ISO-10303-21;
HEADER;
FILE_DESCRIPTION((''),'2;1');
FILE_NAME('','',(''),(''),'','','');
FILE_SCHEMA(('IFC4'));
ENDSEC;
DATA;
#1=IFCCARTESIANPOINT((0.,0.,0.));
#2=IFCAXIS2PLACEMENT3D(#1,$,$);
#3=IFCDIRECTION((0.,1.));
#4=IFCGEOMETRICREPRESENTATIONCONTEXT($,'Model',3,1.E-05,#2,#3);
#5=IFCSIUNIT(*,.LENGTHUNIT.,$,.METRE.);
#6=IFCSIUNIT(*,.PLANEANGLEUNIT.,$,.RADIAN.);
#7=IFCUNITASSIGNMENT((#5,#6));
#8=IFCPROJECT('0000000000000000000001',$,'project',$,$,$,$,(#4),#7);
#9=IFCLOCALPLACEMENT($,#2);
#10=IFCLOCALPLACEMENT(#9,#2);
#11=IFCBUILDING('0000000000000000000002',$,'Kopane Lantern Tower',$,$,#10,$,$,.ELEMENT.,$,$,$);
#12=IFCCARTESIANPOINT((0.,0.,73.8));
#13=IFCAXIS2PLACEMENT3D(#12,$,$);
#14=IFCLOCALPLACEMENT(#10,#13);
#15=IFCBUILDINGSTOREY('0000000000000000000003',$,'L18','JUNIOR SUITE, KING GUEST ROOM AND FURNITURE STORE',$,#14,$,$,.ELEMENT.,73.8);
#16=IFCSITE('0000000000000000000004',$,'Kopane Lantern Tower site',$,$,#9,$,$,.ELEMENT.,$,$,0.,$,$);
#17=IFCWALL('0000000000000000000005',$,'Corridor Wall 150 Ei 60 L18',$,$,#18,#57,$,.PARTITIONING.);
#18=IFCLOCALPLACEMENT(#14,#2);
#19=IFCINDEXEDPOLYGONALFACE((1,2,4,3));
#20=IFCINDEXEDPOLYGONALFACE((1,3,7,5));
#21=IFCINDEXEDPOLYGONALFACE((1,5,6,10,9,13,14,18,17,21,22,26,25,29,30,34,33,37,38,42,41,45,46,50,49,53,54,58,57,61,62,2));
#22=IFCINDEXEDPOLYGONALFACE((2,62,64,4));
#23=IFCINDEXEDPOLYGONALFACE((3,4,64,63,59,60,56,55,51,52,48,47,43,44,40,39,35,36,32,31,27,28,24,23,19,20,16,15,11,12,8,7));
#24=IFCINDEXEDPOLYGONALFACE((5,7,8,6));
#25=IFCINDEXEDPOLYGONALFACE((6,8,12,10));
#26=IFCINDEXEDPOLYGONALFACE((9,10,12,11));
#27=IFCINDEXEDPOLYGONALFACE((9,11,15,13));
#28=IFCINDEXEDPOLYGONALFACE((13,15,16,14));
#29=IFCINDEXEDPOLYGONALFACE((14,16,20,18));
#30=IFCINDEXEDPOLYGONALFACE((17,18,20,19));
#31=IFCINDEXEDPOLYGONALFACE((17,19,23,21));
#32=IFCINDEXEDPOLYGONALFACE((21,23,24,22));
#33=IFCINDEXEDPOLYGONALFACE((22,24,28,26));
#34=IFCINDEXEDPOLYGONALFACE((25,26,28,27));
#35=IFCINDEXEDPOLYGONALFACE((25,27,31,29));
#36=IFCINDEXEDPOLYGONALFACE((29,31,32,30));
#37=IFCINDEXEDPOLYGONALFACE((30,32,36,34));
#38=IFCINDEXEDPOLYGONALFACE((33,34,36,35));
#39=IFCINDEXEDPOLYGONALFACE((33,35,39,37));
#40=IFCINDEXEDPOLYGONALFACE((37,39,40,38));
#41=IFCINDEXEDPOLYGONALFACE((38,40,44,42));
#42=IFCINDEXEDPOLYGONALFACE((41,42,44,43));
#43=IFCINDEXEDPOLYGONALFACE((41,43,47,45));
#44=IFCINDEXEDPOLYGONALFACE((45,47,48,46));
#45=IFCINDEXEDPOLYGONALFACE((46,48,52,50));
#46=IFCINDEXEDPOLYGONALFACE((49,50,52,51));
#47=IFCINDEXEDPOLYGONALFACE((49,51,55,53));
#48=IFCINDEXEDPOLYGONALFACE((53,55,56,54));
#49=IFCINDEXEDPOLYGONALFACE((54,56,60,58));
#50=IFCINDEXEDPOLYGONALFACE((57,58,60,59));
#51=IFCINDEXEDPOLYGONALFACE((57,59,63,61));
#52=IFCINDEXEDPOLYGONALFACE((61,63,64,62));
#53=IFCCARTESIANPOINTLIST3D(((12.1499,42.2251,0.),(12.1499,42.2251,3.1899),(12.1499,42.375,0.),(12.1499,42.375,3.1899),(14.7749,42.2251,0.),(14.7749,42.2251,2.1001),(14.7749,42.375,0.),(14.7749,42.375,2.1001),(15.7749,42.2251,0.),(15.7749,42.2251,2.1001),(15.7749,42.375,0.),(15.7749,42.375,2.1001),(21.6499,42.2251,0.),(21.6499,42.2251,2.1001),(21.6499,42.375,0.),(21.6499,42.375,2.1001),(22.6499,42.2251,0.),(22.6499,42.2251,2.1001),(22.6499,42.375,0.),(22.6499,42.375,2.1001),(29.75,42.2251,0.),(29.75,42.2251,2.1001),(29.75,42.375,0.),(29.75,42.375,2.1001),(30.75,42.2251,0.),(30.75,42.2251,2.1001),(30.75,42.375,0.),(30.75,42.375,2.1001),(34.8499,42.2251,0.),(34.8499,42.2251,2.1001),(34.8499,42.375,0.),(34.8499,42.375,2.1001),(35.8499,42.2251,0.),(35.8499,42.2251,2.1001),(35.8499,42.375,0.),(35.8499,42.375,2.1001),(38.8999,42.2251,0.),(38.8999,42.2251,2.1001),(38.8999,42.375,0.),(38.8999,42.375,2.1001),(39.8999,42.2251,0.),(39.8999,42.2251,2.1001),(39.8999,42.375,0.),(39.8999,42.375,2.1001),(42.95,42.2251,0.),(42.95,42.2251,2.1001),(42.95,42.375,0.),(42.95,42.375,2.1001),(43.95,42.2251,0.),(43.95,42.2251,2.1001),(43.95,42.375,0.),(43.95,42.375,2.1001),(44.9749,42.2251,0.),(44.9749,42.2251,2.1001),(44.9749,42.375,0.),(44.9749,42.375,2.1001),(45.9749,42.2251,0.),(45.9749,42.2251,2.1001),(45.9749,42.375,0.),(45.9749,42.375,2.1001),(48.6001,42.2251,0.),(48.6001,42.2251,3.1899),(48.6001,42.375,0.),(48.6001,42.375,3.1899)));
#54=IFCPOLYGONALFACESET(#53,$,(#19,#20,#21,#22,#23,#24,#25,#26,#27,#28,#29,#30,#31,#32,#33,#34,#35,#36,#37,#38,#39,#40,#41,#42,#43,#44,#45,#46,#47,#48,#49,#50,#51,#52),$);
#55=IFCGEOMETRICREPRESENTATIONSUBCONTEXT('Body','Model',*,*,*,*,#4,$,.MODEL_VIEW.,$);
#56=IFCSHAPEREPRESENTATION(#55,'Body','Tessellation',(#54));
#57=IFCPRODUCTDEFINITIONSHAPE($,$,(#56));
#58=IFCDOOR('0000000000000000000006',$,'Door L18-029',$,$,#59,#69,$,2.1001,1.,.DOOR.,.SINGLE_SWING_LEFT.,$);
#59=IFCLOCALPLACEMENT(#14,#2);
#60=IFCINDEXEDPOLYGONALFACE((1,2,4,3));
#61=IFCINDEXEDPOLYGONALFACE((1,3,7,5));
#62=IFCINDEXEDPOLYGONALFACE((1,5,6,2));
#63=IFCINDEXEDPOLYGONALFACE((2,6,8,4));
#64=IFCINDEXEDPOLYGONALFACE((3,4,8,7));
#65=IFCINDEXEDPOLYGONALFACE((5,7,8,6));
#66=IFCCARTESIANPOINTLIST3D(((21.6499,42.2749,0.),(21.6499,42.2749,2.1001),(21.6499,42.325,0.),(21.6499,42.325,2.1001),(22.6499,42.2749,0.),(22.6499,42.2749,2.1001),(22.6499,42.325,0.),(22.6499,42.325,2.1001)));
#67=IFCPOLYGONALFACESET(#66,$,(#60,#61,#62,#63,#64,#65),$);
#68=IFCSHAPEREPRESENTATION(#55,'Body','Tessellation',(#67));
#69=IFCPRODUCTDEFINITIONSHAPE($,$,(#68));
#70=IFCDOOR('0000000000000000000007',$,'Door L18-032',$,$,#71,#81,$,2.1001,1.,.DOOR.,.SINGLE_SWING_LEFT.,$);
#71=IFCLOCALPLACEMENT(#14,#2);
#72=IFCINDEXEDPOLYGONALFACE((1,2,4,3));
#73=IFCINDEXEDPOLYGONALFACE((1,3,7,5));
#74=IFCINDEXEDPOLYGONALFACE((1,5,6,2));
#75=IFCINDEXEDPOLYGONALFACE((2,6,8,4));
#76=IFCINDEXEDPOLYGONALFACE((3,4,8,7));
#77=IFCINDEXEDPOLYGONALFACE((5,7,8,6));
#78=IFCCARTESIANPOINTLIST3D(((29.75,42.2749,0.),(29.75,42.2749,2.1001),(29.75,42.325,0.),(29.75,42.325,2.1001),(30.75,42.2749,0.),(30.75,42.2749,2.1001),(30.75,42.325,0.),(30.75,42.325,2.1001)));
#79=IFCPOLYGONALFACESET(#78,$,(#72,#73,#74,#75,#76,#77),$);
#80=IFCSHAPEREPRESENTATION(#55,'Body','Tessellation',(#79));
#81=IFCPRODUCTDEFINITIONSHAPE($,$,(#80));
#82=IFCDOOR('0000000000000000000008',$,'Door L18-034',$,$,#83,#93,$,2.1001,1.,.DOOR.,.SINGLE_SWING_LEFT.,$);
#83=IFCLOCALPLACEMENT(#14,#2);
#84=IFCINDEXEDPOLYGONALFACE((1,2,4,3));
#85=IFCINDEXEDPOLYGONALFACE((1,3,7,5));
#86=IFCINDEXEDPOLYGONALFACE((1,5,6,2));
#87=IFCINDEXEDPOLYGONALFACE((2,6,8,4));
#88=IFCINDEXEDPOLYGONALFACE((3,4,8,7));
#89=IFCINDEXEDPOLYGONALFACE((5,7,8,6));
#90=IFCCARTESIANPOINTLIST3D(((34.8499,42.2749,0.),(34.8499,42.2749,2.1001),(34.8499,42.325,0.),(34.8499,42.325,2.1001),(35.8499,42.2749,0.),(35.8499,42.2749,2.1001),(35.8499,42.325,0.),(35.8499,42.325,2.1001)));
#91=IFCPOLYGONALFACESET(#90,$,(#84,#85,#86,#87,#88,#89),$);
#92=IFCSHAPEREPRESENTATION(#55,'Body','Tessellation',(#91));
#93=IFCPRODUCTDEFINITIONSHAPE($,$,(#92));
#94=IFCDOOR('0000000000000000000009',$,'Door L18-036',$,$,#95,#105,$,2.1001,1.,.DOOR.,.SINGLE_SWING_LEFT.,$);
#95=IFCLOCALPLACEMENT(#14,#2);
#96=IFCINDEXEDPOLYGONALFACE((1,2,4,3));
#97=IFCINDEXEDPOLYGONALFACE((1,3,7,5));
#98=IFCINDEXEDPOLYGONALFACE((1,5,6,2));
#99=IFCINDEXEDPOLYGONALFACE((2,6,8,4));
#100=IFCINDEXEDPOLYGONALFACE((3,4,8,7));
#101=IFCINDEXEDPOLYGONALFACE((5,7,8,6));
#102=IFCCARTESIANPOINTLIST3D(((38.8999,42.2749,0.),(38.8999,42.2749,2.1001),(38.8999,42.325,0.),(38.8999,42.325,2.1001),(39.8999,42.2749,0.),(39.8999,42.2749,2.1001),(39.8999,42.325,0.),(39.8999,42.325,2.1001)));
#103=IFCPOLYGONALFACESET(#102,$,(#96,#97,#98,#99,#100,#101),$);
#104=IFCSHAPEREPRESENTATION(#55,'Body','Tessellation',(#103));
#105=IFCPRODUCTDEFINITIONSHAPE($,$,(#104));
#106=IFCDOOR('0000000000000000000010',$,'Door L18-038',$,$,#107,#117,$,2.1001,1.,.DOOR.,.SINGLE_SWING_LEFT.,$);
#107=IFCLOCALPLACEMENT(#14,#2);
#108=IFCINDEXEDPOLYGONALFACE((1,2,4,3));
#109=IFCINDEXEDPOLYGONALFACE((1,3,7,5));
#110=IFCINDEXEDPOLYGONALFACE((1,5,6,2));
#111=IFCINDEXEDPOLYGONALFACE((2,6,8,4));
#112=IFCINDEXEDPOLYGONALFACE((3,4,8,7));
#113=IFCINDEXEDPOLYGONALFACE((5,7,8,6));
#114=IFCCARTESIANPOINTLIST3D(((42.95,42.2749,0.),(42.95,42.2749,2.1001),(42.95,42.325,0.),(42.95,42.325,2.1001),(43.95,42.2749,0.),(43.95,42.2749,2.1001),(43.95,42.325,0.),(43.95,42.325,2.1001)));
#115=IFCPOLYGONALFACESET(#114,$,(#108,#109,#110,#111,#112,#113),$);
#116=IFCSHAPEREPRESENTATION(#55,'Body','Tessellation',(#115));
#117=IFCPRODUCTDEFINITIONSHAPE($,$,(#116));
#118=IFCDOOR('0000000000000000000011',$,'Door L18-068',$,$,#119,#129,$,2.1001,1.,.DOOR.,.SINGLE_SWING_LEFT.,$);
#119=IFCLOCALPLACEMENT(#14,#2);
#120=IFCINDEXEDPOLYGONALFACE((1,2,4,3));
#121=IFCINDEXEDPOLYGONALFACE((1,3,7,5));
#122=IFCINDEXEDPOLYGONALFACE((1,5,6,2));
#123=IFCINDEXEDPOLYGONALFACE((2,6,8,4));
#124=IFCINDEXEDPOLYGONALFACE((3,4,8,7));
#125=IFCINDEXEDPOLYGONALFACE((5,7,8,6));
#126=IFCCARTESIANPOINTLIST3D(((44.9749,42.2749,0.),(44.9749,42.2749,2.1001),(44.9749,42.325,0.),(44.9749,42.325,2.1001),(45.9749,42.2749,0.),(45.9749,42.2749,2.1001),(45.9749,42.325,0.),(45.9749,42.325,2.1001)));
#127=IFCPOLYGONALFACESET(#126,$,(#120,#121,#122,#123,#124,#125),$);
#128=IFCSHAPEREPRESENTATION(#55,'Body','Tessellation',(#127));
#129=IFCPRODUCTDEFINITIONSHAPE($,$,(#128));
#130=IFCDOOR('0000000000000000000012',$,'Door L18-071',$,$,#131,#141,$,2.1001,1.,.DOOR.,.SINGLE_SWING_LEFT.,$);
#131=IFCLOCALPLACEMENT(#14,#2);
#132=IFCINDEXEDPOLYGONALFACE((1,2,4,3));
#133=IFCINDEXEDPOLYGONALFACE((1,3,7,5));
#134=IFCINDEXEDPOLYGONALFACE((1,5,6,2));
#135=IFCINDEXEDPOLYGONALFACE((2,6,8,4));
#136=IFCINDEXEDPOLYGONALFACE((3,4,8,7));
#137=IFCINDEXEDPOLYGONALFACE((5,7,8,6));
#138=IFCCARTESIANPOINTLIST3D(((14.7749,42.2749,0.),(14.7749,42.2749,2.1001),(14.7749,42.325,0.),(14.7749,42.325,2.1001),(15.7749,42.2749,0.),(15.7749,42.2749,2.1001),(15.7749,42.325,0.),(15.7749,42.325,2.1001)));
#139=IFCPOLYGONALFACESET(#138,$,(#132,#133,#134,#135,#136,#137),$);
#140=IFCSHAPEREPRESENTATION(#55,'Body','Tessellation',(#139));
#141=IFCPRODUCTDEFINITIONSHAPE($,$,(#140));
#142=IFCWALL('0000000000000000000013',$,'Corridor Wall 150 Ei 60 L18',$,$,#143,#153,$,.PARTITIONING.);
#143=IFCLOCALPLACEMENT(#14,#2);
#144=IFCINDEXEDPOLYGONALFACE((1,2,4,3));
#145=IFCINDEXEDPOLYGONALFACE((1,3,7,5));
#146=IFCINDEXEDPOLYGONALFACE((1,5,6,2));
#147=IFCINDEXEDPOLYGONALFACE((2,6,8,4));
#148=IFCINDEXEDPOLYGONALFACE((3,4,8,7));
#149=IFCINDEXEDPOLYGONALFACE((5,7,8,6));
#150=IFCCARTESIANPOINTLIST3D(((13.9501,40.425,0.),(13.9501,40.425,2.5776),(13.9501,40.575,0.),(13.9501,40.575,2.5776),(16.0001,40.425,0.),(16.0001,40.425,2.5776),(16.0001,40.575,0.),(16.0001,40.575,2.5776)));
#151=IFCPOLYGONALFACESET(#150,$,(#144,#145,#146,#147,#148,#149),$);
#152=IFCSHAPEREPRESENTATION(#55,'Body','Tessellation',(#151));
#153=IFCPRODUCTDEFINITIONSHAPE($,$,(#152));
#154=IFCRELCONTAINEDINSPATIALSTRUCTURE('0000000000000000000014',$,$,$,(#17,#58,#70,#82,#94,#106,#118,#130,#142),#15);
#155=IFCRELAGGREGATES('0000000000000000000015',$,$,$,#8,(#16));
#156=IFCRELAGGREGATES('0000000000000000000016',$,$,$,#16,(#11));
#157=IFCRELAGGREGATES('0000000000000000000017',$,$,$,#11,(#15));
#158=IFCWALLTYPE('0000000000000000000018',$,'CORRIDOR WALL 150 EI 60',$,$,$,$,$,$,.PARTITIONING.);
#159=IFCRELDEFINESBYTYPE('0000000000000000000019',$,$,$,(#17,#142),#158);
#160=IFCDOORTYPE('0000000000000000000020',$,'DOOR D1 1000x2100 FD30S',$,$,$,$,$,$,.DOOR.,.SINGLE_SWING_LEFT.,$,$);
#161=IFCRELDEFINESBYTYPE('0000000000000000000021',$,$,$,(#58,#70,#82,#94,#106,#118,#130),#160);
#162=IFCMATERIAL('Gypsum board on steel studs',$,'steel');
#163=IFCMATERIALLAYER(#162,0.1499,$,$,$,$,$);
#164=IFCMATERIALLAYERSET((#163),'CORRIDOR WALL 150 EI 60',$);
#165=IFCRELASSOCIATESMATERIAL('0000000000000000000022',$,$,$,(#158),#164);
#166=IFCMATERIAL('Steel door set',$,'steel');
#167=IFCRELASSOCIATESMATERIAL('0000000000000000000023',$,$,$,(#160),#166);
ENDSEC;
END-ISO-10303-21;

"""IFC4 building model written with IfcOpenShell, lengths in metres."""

from ifc_helpers import new_model, si_unit, direction, frame, frame_2d, origin, place, context, subcontext, project, spatial, rectangle, extrude, material, layer, layer_set, type_object, element, fill, save


model = new_model("IFC4")

# Units and contexts
model_context = context("Model", 3, precision=1e-05, world=origin(), true_north=direction((0.0, 1.0)))
body_context = subcontext(model_context, "Body", "Model", "MODEL_VIEW")
ifc_project = project(units=[si_unit("LENGTHUNIT", "METRE"), si_unit("PLANEANGLEUNIT", "RADIAN")], contexts=[model_context])

# Site, building, storey
site_placement = place(None, origin())
site = spatial("IfcSite", under=ifc_project, at=site_placement, Name="Kopane Lantern Tower site", CompositionType="ELEMENT", RefElevation=0.0)
building_placement = place(site_placement, origin())
building = spatial("IfcBuilding", under=site, at=building_placement, Name="Kopane Lantern Tower", CompositionType="ELEMENT")
storey_placement = place(building_placement, frame((0.0, 0.0, 73.8)))
storey = spatial("IfcBuildingStorey", under=building, at=storey_placement, Name="L18", Description="JUNIOR SUITE, KING GUEST ROOM AND FURNITURE STORE", CompositionType="ELEMENT", Elevation=73.8)

# Wall, openings, doors
ifc_material_1 = material(Name="Gypsum board on steel studs", Category="steel")
ifc_layer_1 = layer(ifc_material_1, 0.1499)
ifc_layer_set_1 = layer_set([ifc_layer_1], Name="CORRIDOR WALL 150 EI 60")
wall_type_1 = type_object("IfcWallType", Name="CORRIDOR WALL 150 EI 60", PredefinedType="PARTITIONING", material=ifc_layer_set_1)
wall_1_placement = place(storey_placement, frame((12.1499, 42.3, 0.0), z_axis=(0.0, 0.0, 1.0), x_axis=(1.0, 0.0, 0.0)))
wall_1 = element("IfcWall", 1, at=wall_1_placement, inside=storey, type_object=wall_type_1, Name="Corridor Wall 150 Ei 60 L18", PredefinedType="PARTITIONING", context=body_context, shape_type="SweptSolid", body=[
    extrude(rectangle(XDim=36.4502, YDim=0.1499, at=frame_2d((18.2251, 0.0))), origin(), (0.0, 0.0, 1.0), 3.1899),
])
opening_1_placement = place(wall_1_placement, frame((9.5, 0.0, 0.0)))
opening_1 = element("IfcOpeningElement", 2, at=opening_1_placement, cuts=wall_1, PredefinedType="OPENING", context=body_context, shape_type="SweptSolid", body=[
    extrude(rectangle(XDim=1.0, YDim=2.1001, at=frame_2d((0.5, 1.05))), frame((0.0, 0.085, 0.0), z_axis=(0.0, -1.0, 0.0), x_axis=(1.0, 0.0, 0.0)), (0.0, 0.0, 1.0), 0.1699),
])
opening_2_placement = place(wall_1_placement, frame((17.6001, 0.0, 0.0)))
opening_2 = element("IfcOpeningElement", 3, at=opening_2_placement, cuts=wall_1, PredefinedType="OPENING", context=body_context, shape_type="SweptSolid", body=[
    extrude(rectangle(XDim=1.0, YDim=2.1001, at=frame_2d((0.5, 1.05))), frame((0.0, 0.085, 0.0), z_axis=(0.0, -1.0, 0.0), x_axis=(1.0, 0.0, 0.0)), (0.0, 0.0, 1.0), 0.1699),
])
opening_3_placement = place(wall_1_placement, frame((22.7, 0.0, 0.0)))
opening_3 = element("IfcOpeningElement", 4, at=opening_3_placement, cuts=wall_1, PredefinedType="OPENING", context=body_context, shape_type="SweptSolid", body=[
    extrude(rectangle(XDim=1.0, YDim=2.1001, at=frame_2d((0.5, 1.05))), frame((0.0, 0.085, 0.0), z_axis=(0.0, -1.0, 0.0), x_axis=(1.0, 0.0, 0.0)), (0.0, 0.0, 1.0), 0.1699),
])
opening_4_placement = place(wall_1_placement, frame((26.75, 0.0, 0.0)))
opening_4 = element("IfcOpeningElement", 5, at=opening_4_placement, cuts=wall_1, PredefinedType="OPENING", context=body_context, shape_type="SweptSolid", body=[
    extrude(rectangle(XDim=1.0, YDim=2.1001, at=frame_2d((0.5, 1.05))), frame((0.0, 0.085, 0.0), z_axis=(0.0, -1.0, 0.0), x_axis=(1.0, 0.0, 0.0)), (0.0, 0.0, 1.0), 0.1699),
])
opening_5_placement = place(wall_1_placement, frame((30.8, 0.0, 0.0)))
opening_5 = element("IfcOpeningElement", 6, at=opening_5_placement, cuts=wall_1, PredefinedType="OPENING", context=body_context, shape_type="SweptSolid", body=[
    extrude(rectangle(XDim=1.0, YDim=2.1001, at=frame_2d((0.5, 1.05))), frame((0.0, 0.085, 0.0), z_axis=(0.0, -1.0, 0.0), x_axis=(1.0, 0.0, 0.0)), (0.0, 0.0, 1.0), 0.1699),
])
opening_6_placement = place(wall_1_placement, frame((32.825, 0.0, 0.0)))
opening_6 = element("IfcOpeningElement", 7, at=opening_6_placement, cuts=wall_1, PredefinedType="OPENING", context=body_context, shape_type="SweptSolid", body=[
    extrude(rectangle(XDim=1.0, YDim=2.1001, at=frame_2d((0.5, 1.05))), frame((0.0, 0.085, 0.0), z_axis=(0.0, -1.0, 0.0), x_axis=(1.0, 0.0, 0.0)), (0.0, 0.0, 1.0), 0.1699),
])
opening_7_placement = place(wall_1_placement, frame((2.625, 0.0, 0.0)))
opening_7 = element("IfcOpeningElement", 8, at=opening_7_placement, cuts=wall_1, PredefinedType="OPENING", context=body_context, shape_type="SweptSolid", body=[
    extrude(rectangle(XDim=1.0, YDim=2.1001, at=frame_2d((0.5, 1.05))), frame((0.0, 0.085, 0.0), z_axis=(0.0, -1.0, 0.0), x_axis=(1.0, 0.0, 0.0)), (0.0, 0.0, 1.0), 0.1699),
])
ifc_material_2 = material(Name="Steel door set", Category="steel")
door_type_1 = type_object("IfcDoorType", Name="DOOR D1 1000x2100 FD30S", OperationType="SINGLE_SWING_LEFT", PredefinedType="DOOR", material=ifc_material_2)
door_1_placement = place(opening_1_placement, origin())
door_1 = element("IfcDoor", 9, at=door_1_placement, inside=storey, type_object=door_type_1, Name="Door L18-029", OperationType="SINGLE_SWING_LEFT", OverallHeight=2.1001, OverallWidth=1.0, PredefinedType="DOOR", context=body_context, shape_type="SweptSolid", body=[
    extrude(rectangle(XDim=1.0, YDim=2.1001, at=frame_2d((0.5, 1.05))), frame((0.0, 0.0249, 0.0), z_axis=(0.0, -1.0, 0.0), x_axis=(1.0, 0.0, 0.0)), (0.0, 0.0, 1.0), 0.05),
])
fill(opening_1, door_1)
door_2_placement = place(opening_2_placement, origin())
door_2 = element("IfcDoor", 10, at=door_2_placement, inside=storey, type_object=door_type_1, Name="Door L18-032", OperationType="SINGLE_SWING_LEFT", OverallHeight=2.1001, OverallWidth=1.0, PredefinedType="DOOR", context=body_context, shape_type="SweptSolid", body=[
    extrude(rectangle(XDim=1.0, YDim=2.1001, at=frame_2d((0.5, 1.05))), frame((0.0, 0.0249, 0.0), z_axis=(0.0, -1.0, 0.0), x_axis=(1.0, 0.0, 0.0)), (0.0, 0.0, 1.0), 0.05),
])
fill(opening_2, door_2)
door_3_placement = place(opening_3_placement, origin())
door_3 = element("IfcDoor", 11, at=door_3_placement, inside=storey, type_object=door_type_1, Name="Door L18-034", OperationType="SINGLE_SWING_LEFT", OverallHeight=2.1001, OverallWidth=1.0, PredefinedType="DOOR", context=body_context, shape_type="SweptSolid", body=[
    extrude(rectangle(XDim=1.0, YDim=2.1001, at=frame_2d((0.5, 1.05))), frame((0.0, 0.0249, 0.0), z_axis=(0.0, -1.0, 0.0), x_axis=(1.0, 0.0, 0.0)), (0.0, 0.0, 1.0), 0.05),
])
fill(opening_3, door_3)
door_4_placement = place(opening_4_placement, origin())
door_4 = element("IfcDoor", 12, at=door_4_placement, inside=storey, type_object=door_type_1, Name="Door L18-036", OperationType="SINGLE_SWING_LEFT", OverallHeight=2.1001, OverallWidth=1.0, PredefinedType="DOOR", context=body_context, shape_type="SweptSolid", body=[
    extrude(rectangle(XDim=1.0, YDim=2.1001, at=frame_2d((0.5, 1.05))), frame((0.0, 0.0249, 0.0), z_axis=(0.0, -1.0, 0.0), x_axis=(1.0, 0.0, 0.0)), (0.0, 0.0, 1.0), 0.05),
])
fill(opening_4, door_4)
door_5_placement = place(opening_5_placement, origin())
door_5 = element("IfcDoor", 13, at=door_5_placement, inside=storey, type_object=door_type_1, Name="Door L18-038", OperationType="SINGLE_SWING_LEFT", OverallHeight=2.1001, OverallWidth=1.0, PredefinedType="DOOR", context=body_context, shape_type="SweptSolid", body=[
    extrude(rectangle(XDim=1.0, YDim=2.1001, at=frame_2d((0.5, 1.05))), frame((0.0, 0.0249, 0.0), z_axis=(0.0, -1.0, 0.0), x_axis=(1.0, 0.0, 0.0)), (0.0, 0.0, 1.0), 0.05),
])
fill(opening_5, door_5)
door_6_placement = place(opening_6_placement, origin())
door_6 = element("IfcDoor", 14, at=door_6_placement, inside=storey, type_object=door_type_1, Name="Door L18-068", OperationType="SINGLE_SWING_LEFT", OverallHeight=2.1001, OverallWidth=1.0, PredefinedType="DOOR", context=body_context, shape_type="SweptSolid", body=[
    extrude(rectangle(XDim=1.0, YDim=2.1001, at=frame_2d((0.5, 1.05))), frame((0.0, 0.0249, 0.0), z_axis=(0.0, -1.0, 0.0), x_axis=(1.0, 0.0, 0.0)), (0.0, 0.0, 1.0), 0.05),
])
fill(opening_6, door_6)
door_7_placement = place(opening_7_placement, origin())
door_7 = element("IfcDoor", 15, at=door_7_placement, inside=storey, type_object=door_type_1, Name="Door L18-071", OperationType="SINGLE_SWING_LEFT", OverallHeight=2.1001, OverallWidth=1.0, PredefinedType="DOOR", context=body_context, shape_type="SweptSolid", body=[
    extrude(rectangle(XDim=1.0, YDim=2.1001, at=frame_2d((0.5, 1.05))), frame((0.0, 0.0249, 0.0), z_axis=(0.0, -1.0, 0.0), x_axis=(1.0, 0.0, 0.0)), (0.0, 0.0, 1.0), 0.05),
])
fill(opening_7, door_7)

# Wall
wall_2_placement = place(storey_placement, frame((16.0, 40.5, 0.0), z_axis=(0.0, 0.0, 1.0), x_axis=(-1.0, 0.0, 0.0)))
element("IfcWall", 16, at=wall_2_placement, inside=storey, type_object=wall_type_1, Name="Corridor Wall 150 Ei 60 L18", PredefinedType="PARTITIONING", context=body_context, shape_type="SweptSolid", body=[
    extrude(rectangle(XDim=2.05, YDim=0.1499, at=frame_2d((1.0249, 0.0))), origin(), (0.0, 0.0, 1.0), 2.5776),
])

save(model, "model.ifc")
